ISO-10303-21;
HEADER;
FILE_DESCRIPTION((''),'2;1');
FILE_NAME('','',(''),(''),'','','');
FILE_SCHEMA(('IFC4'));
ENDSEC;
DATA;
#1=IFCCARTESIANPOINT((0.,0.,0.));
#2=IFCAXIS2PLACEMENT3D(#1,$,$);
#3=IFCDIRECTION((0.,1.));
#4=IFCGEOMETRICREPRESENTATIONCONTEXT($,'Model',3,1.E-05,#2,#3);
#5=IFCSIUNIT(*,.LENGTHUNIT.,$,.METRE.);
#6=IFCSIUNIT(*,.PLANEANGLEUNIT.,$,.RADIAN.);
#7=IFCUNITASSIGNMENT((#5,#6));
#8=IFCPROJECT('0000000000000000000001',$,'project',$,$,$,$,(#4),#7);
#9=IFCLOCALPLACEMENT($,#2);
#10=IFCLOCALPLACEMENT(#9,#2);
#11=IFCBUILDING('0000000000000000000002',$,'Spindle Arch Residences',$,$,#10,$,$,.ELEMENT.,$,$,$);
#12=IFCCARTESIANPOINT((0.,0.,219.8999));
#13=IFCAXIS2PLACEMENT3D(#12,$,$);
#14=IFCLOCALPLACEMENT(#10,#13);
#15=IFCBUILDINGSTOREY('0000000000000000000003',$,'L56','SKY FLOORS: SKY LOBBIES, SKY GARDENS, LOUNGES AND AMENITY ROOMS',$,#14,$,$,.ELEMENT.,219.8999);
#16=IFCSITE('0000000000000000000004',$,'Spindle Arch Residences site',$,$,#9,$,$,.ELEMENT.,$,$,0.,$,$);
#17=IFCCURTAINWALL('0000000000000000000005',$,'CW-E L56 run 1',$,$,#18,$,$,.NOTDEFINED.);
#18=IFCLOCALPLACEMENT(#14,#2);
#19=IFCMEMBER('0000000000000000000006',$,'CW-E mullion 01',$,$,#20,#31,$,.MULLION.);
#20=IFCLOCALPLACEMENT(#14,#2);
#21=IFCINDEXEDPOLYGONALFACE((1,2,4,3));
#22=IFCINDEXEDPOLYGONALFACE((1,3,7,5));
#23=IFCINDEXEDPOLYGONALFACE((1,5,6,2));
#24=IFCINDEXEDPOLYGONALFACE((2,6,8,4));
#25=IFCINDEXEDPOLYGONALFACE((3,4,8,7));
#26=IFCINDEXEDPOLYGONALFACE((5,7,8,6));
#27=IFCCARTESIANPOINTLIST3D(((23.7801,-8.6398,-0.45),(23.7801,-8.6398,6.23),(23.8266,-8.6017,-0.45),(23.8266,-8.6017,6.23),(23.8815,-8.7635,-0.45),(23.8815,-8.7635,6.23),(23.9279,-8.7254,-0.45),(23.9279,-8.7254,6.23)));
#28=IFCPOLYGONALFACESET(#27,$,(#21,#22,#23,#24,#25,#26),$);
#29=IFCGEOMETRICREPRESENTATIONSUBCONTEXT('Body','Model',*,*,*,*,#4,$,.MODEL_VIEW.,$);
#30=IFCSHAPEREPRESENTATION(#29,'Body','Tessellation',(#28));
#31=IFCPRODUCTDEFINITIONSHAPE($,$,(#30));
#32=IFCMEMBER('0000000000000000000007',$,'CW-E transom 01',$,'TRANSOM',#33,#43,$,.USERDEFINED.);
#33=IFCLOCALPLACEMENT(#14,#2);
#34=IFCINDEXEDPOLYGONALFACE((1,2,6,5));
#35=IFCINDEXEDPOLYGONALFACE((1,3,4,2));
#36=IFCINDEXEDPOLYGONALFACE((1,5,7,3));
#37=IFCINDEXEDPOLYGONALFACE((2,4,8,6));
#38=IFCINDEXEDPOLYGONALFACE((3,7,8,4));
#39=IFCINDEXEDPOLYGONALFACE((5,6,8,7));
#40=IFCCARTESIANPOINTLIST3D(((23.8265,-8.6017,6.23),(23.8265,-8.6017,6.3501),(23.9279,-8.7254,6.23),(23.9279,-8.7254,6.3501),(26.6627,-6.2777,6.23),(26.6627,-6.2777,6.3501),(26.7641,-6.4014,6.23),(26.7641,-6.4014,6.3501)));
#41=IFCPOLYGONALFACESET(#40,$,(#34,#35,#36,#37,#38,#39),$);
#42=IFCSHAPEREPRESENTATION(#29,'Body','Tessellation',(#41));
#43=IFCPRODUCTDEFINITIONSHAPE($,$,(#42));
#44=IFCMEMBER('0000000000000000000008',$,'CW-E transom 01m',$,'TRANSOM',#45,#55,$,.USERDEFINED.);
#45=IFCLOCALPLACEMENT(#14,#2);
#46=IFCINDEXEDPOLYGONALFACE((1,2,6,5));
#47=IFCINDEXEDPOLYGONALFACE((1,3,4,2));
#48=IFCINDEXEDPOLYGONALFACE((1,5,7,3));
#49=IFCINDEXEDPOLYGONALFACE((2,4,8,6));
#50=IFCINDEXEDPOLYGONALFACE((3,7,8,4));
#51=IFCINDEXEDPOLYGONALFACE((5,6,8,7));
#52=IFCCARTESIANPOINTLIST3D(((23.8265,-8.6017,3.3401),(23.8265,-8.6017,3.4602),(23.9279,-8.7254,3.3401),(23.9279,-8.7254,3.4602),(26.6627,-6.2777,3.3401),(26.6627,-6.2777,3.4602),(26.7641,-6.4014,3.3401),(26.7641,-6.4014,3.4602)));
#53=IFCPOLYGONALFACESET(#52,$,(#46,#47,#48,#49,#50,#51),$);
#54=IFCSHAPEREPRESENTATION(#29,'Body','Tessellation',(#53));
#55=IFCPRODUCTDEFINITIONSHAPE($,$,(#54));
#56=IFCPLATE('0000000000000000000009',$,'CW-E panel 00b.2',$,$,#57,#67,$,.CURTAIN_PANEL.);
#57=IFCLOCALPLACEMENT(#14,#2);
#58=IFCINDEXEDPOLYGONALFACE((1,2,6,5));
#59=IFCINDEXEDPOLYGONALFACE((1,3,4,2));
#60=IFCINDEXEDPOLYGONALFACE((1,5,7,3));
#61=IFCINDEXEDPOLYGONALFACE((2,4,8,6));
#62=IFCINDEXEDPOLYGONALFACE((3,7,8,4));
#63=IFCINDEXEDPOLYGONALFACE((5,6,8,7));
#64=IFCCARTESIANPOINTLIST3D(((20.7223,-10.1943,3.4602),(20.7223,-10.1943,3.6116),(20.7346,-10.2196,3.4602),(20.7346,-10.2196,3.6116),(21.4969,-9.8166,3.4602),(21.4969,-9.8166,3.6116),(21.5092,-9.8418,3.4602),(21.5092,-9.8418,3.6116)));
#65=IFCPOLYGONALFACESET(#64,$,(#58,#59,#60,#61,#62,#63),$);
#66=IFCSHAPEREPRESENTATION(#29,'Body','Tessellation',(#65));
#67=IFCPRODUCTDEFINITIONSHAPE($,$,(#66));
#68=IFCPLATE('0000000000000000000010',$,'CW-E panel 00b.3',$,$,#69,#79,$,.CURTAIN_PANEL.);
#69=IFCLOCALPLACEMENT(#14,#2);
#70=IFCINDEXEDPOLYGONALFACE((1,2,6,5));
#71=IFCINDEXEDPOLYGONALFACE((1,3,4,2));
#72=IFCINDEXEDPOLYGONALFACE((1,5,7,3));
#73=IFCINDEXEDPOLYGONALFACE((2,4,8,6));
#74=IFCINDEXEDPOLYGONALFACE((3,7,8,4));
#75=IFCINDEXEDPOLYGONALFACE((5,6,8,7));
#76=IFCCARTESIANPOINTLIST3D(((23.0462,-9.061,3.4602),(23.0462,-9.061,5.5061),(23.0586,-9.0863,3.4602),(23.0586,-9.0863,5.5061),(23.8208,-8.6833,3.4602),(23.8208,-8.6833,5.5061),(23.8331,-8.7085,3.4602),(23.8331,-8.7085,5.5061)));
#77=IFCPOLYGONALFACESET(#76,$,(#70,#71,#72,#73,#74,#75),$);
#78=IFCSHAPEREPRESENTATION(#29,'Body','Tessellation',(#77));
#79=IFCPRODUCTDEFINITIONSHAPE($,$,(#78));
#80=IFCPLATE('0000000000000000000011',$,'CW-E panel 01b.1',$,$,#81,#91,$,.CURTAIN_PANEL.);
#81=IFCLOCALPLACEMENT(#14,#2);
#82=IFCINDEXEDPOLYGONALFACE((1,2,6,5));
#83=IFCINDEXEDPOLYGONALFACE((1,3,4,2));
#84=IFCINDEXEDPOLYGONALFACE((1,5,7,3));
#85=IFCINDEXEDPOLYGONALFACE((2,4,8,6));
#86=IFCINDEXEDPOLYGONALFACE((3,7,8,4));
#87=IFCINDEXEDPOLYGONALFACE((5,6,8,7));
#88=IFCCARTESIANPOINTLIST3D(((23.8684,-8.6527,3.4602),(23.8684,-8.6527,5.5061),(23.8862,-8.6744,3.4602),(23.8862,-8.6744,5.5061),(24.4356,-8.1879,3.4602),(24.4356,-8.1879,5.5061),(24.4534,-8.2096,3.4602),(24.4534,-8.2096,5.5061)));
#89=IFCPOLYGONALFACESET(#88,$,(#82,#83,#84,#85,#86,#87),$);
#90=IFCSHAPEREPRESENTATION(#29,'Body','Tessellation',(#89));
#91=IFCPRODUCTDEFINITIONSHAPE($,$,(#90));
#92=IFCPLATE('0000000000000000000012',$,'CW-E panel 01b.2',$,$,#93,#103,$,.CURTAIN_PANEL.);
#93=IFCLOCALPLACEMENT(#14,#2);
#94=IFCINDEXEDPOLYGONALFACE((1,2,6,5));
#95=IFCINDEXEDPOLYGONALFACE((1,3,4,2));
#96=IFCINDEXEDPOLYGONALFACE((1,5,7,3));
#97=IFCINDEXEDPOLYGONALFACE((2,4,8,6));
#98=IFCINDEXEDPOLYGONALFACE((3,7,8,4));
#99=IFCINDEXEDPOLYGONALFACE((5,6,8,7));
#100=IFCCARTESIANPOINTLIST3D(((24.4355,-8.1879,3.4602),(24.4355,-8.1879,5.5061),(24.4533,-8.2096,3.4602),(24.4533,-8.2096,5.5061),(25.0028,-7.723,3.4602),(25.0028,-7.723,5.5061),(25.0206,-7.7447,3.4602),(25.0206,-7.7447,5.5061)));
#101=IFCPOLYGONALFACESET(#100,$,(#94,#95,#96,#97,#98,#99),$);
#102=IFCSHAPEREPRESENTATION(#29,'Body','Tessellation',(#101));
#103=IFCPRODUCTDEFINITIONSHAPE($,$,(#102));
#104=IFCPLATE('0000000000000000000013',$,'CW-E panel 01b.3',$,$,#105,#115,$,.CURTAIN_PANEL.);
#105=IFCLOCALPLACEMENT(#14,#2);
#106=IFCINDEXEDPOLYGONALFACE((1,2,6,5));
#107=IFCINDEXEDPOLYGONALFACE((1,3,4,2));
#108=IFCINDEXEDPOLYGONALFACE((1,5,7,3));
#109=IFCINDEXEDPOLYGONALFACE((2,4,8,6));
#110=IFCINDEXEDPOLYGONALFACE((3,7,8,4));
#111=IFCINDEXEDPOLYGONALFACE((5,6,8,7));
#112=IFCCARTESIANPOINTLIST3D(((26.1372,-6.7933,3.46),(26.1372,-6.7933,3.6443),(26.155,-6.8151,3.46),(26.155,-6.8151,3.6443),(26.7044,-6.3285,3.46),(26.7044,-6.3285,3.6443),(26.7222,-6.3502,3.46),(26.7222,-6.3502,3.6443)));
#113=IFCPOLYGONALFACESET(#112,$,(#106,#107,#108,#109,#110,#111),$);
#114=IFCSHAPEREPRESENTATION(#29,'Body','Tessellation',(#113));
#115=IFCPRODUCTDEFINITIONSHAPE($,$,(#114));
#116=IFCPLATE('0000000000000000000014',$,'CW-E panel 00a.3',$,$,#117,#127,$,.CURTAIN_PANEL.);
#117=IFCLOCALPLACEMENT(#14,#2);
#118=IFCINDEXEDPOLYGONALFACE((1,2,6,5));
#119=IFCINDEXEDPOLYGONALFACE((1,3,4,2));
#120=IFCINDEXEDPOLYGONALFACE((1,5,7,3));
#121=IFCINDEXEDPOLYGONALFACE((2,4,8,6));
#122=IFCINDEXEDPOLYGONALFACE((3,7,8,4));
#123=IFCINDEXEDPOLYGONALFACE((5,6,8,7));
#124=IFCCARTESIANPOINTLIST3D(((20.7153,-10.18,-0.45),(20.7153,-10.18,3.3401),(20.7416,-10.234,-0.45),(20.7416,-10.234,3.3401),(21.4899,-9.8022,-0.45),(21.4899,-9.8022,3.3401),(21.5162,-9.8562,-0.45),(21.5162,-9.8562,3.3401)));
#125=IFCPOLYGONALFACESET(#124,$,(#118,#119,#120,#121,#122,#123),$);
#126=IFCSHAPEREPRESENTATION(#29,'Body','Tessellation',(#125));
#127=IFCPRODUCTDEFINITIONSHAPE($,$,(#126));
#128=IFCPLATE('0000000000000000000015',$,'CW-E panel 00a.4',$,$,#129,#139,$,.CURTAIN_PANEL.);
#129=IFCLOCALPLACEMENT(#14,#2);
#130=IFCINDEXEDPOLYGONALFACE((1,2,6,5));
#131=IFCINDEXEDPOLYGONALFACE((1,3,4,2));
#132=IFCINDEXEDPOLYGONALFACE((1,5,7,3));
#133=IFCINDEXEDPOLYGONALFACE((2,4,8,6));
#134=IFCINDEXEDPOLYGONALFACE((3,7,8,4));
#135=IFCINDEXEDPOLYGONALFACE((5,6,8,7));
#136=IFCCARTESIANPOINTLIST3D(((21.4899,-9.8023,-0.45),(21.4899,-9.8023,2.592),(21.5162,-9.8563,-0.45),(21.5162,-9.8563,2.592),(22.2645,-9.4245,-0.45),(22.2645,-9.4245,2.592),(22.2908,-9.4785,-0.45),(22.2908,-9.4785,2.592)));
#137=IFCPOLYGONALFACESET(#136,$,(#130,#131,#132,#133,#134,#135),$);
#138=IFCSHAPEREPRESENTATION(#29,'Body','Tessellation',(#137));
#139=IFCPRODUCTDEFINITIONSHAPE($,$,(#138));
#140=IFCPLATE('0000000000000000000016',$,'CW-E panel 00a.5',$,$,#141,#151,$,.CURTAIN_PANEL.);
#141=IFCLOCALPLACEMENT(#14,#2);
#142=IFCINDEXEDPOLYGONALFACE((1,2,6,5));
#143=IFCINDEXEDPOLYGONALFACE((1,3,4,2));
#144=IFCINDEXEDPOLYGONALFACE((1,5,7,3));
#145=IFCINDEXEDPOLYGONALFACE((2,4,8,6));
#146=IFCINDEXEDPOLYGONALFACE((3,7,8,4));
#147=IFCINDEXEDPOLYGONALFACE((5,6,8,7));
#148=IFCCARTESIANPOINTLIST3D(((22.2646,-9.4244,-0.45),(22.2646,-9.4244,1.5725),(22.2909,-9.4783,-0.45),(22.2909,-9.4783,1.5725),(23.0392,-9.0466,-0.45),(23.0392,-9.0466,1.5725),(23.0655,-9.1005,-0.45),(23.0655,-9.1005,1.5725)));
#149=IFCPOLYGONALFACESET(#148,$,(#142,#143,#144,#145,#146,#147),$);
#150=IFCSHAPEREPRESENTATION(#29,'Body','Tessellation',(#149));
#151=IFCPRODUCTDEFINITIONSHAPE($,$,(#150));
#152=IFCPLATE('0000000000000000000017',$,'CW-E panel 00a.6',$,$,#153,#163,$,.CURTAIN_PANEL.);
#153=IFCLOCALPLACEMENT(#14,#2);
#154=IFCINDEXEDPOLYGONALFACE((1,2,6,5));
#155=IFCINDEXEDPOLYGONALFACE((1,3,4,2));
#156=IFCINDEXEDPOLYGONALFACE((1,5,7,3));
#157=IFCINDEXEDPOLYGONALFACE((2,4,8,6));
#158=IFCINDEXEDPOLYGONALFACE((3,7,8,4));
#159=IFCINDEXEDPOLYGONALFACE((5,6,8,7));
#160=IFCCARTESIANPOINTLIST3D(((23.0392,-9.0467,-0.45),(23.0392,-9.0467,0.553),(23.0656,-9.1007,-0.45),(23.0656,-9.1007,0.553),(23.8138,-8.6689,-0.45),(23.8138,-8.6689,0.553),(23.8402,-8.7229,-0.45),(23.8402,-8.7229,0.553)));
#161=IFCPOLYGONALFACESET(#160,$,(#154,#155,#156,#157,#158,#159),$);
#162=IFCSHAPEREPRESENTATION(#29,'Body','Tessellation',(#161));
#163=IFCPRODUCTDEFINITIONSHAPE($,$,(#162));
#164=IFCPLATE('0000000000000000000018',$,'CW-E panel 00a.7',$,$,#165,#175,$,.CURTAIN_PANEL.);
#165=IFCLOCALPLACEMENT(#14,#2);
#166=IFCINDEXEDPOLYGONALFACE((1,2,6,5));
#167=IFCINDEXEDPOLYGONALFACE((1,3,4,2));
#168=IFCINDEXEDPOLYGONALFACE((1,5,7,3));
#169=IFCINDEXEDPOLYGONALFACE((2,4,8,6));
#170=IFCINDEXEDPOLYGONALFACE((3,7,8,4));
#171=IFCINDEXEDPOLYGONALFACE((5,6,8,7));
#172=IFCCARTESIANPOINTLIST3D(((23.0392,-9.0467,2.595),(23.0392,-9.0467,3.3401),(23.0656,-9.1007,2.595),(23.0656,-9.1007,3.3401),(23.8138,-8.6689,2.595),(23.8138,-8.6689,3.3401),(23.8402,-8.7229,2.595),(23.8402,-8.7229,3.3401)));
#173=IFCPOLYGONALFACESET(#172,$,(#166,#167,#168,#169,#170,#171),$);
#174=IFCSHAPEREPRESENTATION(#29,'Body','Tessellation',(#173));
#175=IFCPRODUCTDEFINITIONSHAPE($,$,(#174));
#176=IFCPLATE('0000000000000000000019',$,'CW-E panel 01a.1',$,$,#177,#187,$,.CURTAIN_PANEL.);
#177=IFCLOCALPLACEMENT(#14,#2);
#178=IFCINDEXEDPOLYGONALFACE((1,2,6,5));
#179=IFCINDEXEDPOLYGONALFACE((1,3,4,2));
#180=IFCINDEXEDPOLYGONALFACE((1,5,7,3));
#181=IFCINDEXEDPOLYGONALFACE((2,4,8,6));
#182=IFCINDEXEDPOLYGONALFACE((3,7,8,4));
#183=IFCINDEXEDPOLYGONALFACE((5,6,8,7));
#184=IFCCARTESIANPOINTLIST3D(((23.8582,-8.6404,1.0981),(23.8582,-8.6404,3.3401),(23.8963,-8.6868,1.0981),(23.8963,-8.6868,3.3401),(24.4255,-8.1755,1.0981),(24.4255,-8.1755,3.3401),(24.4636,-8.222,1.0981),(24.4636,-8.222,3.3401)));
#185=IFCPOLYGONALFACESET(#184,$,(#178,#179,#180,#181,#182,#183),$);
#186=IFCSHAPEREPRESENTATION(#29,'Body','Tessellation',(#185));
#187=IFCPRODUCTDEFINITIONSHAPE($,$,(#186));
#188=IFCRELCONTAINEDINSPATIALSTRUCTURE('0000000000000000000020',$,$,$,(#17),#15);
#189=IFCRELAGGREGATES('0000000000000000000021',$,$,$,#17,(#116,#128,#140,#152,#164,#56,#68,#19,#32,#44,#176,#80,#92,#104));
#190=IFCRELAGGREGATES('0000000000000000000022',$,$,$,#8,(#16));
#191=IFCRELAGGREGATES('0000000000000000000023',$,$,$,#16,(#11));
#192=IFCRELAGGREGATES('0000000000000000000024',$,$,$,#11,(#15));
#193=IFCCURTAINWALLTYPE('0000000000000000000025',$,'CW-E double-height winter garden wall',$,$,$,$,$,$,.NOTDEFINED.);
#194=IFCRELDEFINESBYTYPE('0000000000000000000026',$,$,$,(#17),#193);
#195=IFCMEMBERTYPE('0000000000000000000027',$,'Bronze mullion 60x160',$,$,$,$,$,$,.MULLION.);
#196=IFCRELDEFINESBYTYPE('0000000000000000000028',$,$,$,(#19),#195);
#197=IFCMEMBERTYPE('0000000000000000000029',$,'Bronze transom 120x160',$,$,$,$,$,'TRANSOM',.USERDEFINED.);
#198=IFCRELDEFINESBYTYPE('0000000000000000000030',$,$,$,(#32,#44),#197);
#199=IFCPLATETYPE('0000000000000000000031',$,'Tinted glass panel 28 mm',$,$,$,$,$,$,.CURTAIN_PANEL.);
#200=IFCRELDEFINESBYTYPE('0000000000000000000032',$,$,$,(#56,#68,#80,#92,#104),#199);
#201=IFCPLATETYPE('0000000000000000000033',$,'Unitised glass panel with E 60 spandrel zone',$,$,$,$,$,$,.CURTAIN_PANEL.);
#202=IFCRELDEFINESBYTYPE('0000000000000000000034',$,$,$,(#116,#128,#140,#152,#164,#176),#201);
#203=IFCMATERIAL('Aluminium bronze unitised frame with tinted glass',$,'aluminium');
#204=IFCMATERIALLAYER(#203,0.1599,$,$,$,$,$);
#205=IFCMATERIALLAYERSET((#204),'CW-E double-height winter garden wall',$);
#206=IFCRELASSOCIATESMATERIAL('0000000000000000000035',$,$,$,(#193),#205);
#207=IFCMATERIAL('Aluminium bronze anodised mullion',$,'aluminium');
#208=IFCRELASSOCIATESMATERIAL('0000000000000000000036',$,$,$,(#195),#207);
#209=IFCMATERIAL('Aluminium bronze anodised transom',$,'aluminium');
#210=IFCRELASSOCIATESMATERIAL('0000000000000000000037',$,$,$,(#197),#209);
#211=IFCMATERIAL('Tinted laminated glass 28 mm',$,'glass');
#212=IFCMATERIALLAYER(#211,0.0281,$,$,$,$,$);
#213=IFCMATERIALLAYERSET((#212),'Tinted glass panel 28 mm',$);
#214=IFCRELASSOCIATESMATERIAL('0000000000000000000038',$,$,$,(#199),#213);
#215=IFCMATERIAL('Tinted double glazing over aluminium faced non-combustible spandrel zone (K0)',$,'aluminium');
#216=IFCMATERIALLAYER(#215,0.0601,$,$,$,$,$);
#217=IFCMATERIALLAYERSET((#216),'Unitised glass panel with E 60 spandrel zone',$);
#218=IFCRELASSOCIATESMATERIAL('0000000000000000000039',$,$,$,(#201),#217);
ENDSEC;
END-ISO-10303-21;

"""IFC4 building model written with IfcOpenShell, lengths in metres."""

from ifc_helpers import new_model, si_unit, direction, frame, origin, origin_2d, place, context, subcontext, project, spatial, rectangle, extrude, material, layer, layer_set, material_profile, profile_set, type_object, element, aggregate, save


model = new_model("IFC4")

# Units and contexts
model_context = context("Model", 3, precision=1e-05, world=origin(), true_north=direction((0.0, 1.0)))
body_context = subcontext(model_context, "Body", "Model", "MODEL_VIEW")
ifc_project = project(units=[si_unit("LENGTHUNIT", "METRE"), si_unit("PLANEANGLEUNIT", "RADIAN")], contexts=[model_context])

# Site, building, storey
site_placement = place(None, origin())
site = spatial("IfcSite", under=ifc_project, at=site_placement, Name="Spindle Arch Residences site", CompositionType="ELEMENT", RefElevation=0.0)
building_placement = place(site_placement, origin())
building = spatial("IfcBuilding", under=site, at=building_placement, Name="Spindle Arch Residences", CompositionType="ELEMENT")
storey_placement = place(building_placement, frame((0.0, 0.0, 219.8999)))
storey = spatial("IfcBuildingStorey", under=building, at=storey_placement, Name="L56", Description="SKY FLOORS: SKY LOBBIES, SKY GARDENS, LOUNGES AND AMENITY ROOMS", CompositionType="ELEMENT", Elevation=219.8999)

# Curtain wall, members, plates
ifc_material_1 = material(Name="Aluminium bronze unitised frame with tinted glass", Category="aluminium")
ifc_layer_1 = layer(ifc_material_1, 0.1599)
ifc_layer_set_1 = layer_set([ifc_layer_1], Name="CW-E double-height winter garden wall")
curtain_wall_type = type_object("IfcCurtainWallType", Name="CW-E double-height winter garden wall", PredefinedType="NOTDEFINED", material=ifc_layer_set_1)
curtain_wall_placement = place(storey_placement, origin())
curtain_wall = element("IfcCurtainWall", 1, at=curtain_wall_placement, inside=storey, type_object=curtain_wall_type, Name="CW-E L56 run 1", PredefinedType="NOTDEFINED")
ifc_material_2 = material(Name="Aluminium bronze anodised mullion", Category="aluminium")
ifc_material_profile_1 = material_profile(ifc_material_2, rectangle(XDim=0.1599, YDim=0.0601, at=origin_2d()), Name="MU 60x160")
ifc_profile_set_1 = profile_set([ifc_material_profile_1], Name="Aluminium bronze anodised mullion")
member_type_1 = type_object("IfcMemberType", Name="Bronze mullion 60x160", PredefinedType="MULLION", material=ifc_profile_set_1)
member_1_placement = place(storey_placement, frame((23.854, -8.6826, -0.45), z_axis=(0.0, 0.0, 1.0), x_axis=(-0.633831, 0.773472, 0.0)))
member_1 = element("IfcMember", 2, at=member_1_placement, type_object=member_type_1, Name="CW-E mullion 01", PredefinedType="MULLION", context=body_context, shape_type="SweptSolid", body=[
    extrude(rectangle(XDim=0.1599, YDim=0.0601, at=origin_2d()), origin(), (0.0, 0.0, 1.0), 6.6799),
])
ifc_material_3 = material(Name="Aluminium bronze anodised transom", Category="aluminium")
ifc_material_profile_2 = material_profile(ifc_material_3, rectangle(XDim=0.1599, YDim=0.1201, at=origin_2d()), Name="TR 120x160")
ifc_profile_set_2 = profile_set([ifc_material_profile_2], Name="Aluminium bronze anodised transom")
member_type_2 = type_object("IfcMemberType", Name="Bronze transom 120x160", ElementType="TRANSOM", PredefinedType="USERDEFINED", material=ifc_profile_set_2)
member_2_placement = place(storey_placement, frame((23.8772, -8.6636, 6.29), z_axis=(0.773494, 0.633803, 0.0), x_axis=(-0.633803, 0.773494, 0.0)))
member_2 = element("IfcMember", 3, at=member_2_placement, type_object=member_type_2, Name="CW-E transom 01", ObjectType="TRANSOM", PredefinedType="USERDEFINED", context=body_context, shape_type="SweptSolid", body=[
    extrude(rectangle(XDim=0.1599, YDim=0.1201, at=origin_2d()), origin(), (0.0, 0.0, 1.0), 3.6667),
])
member_3_placement = place(storey_placement, frame((23.8772, -8.6636, 3.4001), z_axis=(0.773494, 0.633803, 0.0), x_axis=(-0.633803, 0.773494, 0.0)))
member_3 = element("IfcMember", 4, at=member_3_placement, type_object=member_type_2, Name="CW-E transom 01m", ObjectType="TRANSOM", PredefinedType="USERDEFINED", context=body_context, shape_type="SweptSolid", body=[
    extrude(rectangle(XDim=0.1599, YDim=0.1201, at=origin_2d()), origin(), (0.0, 0.0, 1.0), 3.6667),
])
ifc_material_4 = material(Name="Tinted laminated glass 28 mm", Category="glass")
ifc_layer_2 = layer(ifc_material_4, 0.0281)
ifc_layer_set_2 = layer_set([ifc_layer_2], Name="Tinted glass panel 28 mm")
plate_type_1 = type_object("IfcPlateType", Name="Tinted glass panel 28 mm", PredefinedType="CURTAIN_PANEL", material=ifc_layer_set_2)
plate_1_placement = place(storey_placement, frame((21.1157, -10.0181, 3.4602), z_axis=(0.0, 0.0, 1.0), x_axis=(0.898794, 0.438371, 0.0)))
plate_1 = element("IfcPlate", 5, at=plate_1_placement, type_object=plate_type_1, Name="CW-E panel 00b.2", PredefinedType="CURTAIN_PANEL", context=body_context, shape_type="SweptSolid", body=[
    extrude(rectangle(XDim=0.8618, YDim=0.0281, at=origin_2d()), origin(), (0.0, 0.0, 1.0), 0.1514),
])
plate_2_placement = place(storey_placement, frame((23.4397, -8.8848, 3.4602), z_axis=(0.0, 0.0, 1.0), x_axis=(0.898794, 0.438371, 0.0)))
plate_2 = element("IfcPlate", 6, at=plate_2_placement, type_object=plate_type_1, Name="CW-E panel 00b.3", PredefinedType="CURTAIN_PANEL", context=body_context, shape_type="SweptSolid", body=[
    extrude(rectangle(XDim=0.8618, YDim=0.0281, at=origin_2d()), origin(), (0.0, 0.0, 1.0), 2.0459),
])
plate_3_placement = place(storey_placement, frame((24.1609, -8.4312, 3.4602), z_axis=(0.0, 0.0, 1.0), x_axis=(0.773472, 0.633831, 0.0)))
plate_3 = element("IfcPlate", 7, at=plate_3_placement, type_object=plate_type_1, Name="CW-E panel 01b.1", PredefinedType="CURTAIN_PANEL", context=body_context, shape_type="SweptSolid", body=[
    extrude(rectangle(XDim=0.7334, YDim=0.0281, at=origin_2d()), origin(), (0.0, 0.0, 1.0), 2.0459),
])
plate_4_placement = place(storey_placement, frame((24.728, -7.9663, 3.4602), z_axis=(0.0, 0.0, 1.0), x_axis=(0.773472, 0.633831, 0.0)))
plate_4 = element("IfcPlate", 8, at=plate_4_placement, type_object=plate_type_1, Name="CW-E panel 01b.2", PredefinedType="CURTAIN_PANEL", context=body_context, shape_type="SweptSolid", body=[
    extrude(rectangle(XDim=0.7334, YDim=0.0281, at=origin_2d()), origin(), (0.0, 0.0, 1.0), 2.0459),
])
plate_5_placement = place(storey_placement, frame((26.4297, -6.5718, 3.46), z_axis=(0.0, 0.0, 1.0), x_axis=(0.773472, 0.633831, 0.0)))
plate_5 = element("IfcPlate", 9, at=plate_5_placement, type_object=plate_type_1, Name="CW-E panel 01b.3", PredefinedType="CURTAIN_PANEL", context=body_context, shape_type="SweptSolid", body=[
    extrude(rectangle(XDim=0.7334, YDim=0.0281, at=origin_2d()), origin(), (0.0, 0.0, 1.0), 0.1843),
])
ifc_material_5 = material(Name="Tinted double glazing over aluminium faced non-combustible spandrel zone (K0)", Category="aluminium")
ifc_layer_3 = layer(ifc_material_5, 0.0601)
ifc_layer_set_3 = layer_set([ifc_layer_3], Name="Unitised glass panel with E 60 spandrel zone")
plate_type_2 = type_object("IfcPlateType", Name="Unitised glass panel with E 60 spandrel zone", PredefinedType="CURTAIN_PANEL", material=ifc_layer_set_3)
plate_6_placement = place(storey_placement, frame((21.1157, -10.0181, -0.45), z_axis=(0.0, 0.0, 1.0), x_axis=(0.898794, 0.438371, 0.0)))
plate_6 = element("IfcPlate", 10, at=plate_6_placement, type_object=plate_type_2, Name="CW-E panel 00a.3", PredefinedType="CURTAIN_PANEL", context=body_context, shape_type="SweptSolid", body=[
    extrude(rectangle(XDim=0.8618, YDim=0.0601, at=origin_2d()), origin(), (0.0, 0.0, 1.0), 3.79),
])
plate_7_placement = place(storey_placement, frame((21.8904, -9.6404, -0.45), z_axis=(0.0, 0.0, 1.0), x_axis=(0.898794, 0.438371, 0.0)))
plate_7 = element("IfcPlate", 11, at=plate_7_placement, type_object=plate_type_2, Name="CW-E panel 00a.4", PredefinedType="CURTAIN_PANEL", context=body_context, shape_type="SweptSolid", body=[
    extrude(rectangle(XDim=0.8618, YDim=0.0601, at=origin_2d()), origin(), (0.0, 0.0, 1.0), 3.042),
])
plate_8_placement = place(storey_placement, frame((22.665, -9.2625, -0.45), z_axis=(0.0, 0.0, 1.0), x_axis=(0.898794, 0.438371, 0.0)))
plate_8 = element("IfcPlate", 12, at=plate_8_placement, type_object=plate_type_2, Name="CW-E panel 00a.5", PredefinedType="CURTAIN_PANEL", context=body_context, shape_type="SweptSolid", body=[
    extrude(rectangle(XDim=0.8618, YDim=0.0601, at=origin_2d()), origin(), (0.0, 0.0, 1.0), 2.0225),
])
plate_9_placement = place(storey_placement, frame((23.4397, -8.8848, -0.45), z_axis=(0.0, 0.0, 1.0), x_axis=(0.898794, 0.438371, 0.0)))
plate_9 = element("IfcPlate", 13, at=plate_9_placement, type_object=plate_type_2, Name="CW-E panel 00a.6", PredefinedType="CURTAIN_PANEL", context=body_context, shape_type="SweptSolid", body=[
    extrude(rectangle(XDim=0.8618, YDim=0.0601, at=origin_2d()), origin(), (0.0, 0.0, 1.0), 1.0029),
])
plate_10_placement = place(storey_placement, frame((23.4397, -8.8848, 2.595), z_axis=(0.0, 0.0, 1.0), x_axis=(0.898794, 0.438371, 0.0)))
plate_10 = element("IfcPlate", 14, at=plate_10_placement, type_object=plate_type_2, Name="CW-E panel 00a.7", PredefinedType="CURTAIN_PANEL", context=body_context, shape_type="SweptSolid", body=[
    extrude(rectangle(XDim=0.8618, YDim=0.0601, at=origin_2d()), origin(), (0.0, 0.0, 1.0), 0.7451),
])
plate_11_placement = place(storey_placement, frame((24.1609, -8.4312, 1.0981), z_axis=(0.0, 0.0, 1.0), x_axis=(0.773472, 0.633831, 0.0)))
plate_11 = element("IfcPlate", 15, at=plate_11_placement, type_object=plate_type_2, Name="CW-E panel 01a.1", PredefinedType="CURTAIN_PANEL", context=body_context, shape_type="SweptSolid", body=[
    extrude(rectangle(XDim=0.7334, YDim=0.0601, at=origin_2d()), origin(), (0.0, 0.0, 1.0), 2.2419),
])
aggregate(curtain_wall, [plate_6, plate_7, plate_8, plate_9, plate_10, plate_1, plate_2, member_1, member_2, member_3, plate_11, plate_3, plate_4, plate_5])

save(model, "model.ifc")
